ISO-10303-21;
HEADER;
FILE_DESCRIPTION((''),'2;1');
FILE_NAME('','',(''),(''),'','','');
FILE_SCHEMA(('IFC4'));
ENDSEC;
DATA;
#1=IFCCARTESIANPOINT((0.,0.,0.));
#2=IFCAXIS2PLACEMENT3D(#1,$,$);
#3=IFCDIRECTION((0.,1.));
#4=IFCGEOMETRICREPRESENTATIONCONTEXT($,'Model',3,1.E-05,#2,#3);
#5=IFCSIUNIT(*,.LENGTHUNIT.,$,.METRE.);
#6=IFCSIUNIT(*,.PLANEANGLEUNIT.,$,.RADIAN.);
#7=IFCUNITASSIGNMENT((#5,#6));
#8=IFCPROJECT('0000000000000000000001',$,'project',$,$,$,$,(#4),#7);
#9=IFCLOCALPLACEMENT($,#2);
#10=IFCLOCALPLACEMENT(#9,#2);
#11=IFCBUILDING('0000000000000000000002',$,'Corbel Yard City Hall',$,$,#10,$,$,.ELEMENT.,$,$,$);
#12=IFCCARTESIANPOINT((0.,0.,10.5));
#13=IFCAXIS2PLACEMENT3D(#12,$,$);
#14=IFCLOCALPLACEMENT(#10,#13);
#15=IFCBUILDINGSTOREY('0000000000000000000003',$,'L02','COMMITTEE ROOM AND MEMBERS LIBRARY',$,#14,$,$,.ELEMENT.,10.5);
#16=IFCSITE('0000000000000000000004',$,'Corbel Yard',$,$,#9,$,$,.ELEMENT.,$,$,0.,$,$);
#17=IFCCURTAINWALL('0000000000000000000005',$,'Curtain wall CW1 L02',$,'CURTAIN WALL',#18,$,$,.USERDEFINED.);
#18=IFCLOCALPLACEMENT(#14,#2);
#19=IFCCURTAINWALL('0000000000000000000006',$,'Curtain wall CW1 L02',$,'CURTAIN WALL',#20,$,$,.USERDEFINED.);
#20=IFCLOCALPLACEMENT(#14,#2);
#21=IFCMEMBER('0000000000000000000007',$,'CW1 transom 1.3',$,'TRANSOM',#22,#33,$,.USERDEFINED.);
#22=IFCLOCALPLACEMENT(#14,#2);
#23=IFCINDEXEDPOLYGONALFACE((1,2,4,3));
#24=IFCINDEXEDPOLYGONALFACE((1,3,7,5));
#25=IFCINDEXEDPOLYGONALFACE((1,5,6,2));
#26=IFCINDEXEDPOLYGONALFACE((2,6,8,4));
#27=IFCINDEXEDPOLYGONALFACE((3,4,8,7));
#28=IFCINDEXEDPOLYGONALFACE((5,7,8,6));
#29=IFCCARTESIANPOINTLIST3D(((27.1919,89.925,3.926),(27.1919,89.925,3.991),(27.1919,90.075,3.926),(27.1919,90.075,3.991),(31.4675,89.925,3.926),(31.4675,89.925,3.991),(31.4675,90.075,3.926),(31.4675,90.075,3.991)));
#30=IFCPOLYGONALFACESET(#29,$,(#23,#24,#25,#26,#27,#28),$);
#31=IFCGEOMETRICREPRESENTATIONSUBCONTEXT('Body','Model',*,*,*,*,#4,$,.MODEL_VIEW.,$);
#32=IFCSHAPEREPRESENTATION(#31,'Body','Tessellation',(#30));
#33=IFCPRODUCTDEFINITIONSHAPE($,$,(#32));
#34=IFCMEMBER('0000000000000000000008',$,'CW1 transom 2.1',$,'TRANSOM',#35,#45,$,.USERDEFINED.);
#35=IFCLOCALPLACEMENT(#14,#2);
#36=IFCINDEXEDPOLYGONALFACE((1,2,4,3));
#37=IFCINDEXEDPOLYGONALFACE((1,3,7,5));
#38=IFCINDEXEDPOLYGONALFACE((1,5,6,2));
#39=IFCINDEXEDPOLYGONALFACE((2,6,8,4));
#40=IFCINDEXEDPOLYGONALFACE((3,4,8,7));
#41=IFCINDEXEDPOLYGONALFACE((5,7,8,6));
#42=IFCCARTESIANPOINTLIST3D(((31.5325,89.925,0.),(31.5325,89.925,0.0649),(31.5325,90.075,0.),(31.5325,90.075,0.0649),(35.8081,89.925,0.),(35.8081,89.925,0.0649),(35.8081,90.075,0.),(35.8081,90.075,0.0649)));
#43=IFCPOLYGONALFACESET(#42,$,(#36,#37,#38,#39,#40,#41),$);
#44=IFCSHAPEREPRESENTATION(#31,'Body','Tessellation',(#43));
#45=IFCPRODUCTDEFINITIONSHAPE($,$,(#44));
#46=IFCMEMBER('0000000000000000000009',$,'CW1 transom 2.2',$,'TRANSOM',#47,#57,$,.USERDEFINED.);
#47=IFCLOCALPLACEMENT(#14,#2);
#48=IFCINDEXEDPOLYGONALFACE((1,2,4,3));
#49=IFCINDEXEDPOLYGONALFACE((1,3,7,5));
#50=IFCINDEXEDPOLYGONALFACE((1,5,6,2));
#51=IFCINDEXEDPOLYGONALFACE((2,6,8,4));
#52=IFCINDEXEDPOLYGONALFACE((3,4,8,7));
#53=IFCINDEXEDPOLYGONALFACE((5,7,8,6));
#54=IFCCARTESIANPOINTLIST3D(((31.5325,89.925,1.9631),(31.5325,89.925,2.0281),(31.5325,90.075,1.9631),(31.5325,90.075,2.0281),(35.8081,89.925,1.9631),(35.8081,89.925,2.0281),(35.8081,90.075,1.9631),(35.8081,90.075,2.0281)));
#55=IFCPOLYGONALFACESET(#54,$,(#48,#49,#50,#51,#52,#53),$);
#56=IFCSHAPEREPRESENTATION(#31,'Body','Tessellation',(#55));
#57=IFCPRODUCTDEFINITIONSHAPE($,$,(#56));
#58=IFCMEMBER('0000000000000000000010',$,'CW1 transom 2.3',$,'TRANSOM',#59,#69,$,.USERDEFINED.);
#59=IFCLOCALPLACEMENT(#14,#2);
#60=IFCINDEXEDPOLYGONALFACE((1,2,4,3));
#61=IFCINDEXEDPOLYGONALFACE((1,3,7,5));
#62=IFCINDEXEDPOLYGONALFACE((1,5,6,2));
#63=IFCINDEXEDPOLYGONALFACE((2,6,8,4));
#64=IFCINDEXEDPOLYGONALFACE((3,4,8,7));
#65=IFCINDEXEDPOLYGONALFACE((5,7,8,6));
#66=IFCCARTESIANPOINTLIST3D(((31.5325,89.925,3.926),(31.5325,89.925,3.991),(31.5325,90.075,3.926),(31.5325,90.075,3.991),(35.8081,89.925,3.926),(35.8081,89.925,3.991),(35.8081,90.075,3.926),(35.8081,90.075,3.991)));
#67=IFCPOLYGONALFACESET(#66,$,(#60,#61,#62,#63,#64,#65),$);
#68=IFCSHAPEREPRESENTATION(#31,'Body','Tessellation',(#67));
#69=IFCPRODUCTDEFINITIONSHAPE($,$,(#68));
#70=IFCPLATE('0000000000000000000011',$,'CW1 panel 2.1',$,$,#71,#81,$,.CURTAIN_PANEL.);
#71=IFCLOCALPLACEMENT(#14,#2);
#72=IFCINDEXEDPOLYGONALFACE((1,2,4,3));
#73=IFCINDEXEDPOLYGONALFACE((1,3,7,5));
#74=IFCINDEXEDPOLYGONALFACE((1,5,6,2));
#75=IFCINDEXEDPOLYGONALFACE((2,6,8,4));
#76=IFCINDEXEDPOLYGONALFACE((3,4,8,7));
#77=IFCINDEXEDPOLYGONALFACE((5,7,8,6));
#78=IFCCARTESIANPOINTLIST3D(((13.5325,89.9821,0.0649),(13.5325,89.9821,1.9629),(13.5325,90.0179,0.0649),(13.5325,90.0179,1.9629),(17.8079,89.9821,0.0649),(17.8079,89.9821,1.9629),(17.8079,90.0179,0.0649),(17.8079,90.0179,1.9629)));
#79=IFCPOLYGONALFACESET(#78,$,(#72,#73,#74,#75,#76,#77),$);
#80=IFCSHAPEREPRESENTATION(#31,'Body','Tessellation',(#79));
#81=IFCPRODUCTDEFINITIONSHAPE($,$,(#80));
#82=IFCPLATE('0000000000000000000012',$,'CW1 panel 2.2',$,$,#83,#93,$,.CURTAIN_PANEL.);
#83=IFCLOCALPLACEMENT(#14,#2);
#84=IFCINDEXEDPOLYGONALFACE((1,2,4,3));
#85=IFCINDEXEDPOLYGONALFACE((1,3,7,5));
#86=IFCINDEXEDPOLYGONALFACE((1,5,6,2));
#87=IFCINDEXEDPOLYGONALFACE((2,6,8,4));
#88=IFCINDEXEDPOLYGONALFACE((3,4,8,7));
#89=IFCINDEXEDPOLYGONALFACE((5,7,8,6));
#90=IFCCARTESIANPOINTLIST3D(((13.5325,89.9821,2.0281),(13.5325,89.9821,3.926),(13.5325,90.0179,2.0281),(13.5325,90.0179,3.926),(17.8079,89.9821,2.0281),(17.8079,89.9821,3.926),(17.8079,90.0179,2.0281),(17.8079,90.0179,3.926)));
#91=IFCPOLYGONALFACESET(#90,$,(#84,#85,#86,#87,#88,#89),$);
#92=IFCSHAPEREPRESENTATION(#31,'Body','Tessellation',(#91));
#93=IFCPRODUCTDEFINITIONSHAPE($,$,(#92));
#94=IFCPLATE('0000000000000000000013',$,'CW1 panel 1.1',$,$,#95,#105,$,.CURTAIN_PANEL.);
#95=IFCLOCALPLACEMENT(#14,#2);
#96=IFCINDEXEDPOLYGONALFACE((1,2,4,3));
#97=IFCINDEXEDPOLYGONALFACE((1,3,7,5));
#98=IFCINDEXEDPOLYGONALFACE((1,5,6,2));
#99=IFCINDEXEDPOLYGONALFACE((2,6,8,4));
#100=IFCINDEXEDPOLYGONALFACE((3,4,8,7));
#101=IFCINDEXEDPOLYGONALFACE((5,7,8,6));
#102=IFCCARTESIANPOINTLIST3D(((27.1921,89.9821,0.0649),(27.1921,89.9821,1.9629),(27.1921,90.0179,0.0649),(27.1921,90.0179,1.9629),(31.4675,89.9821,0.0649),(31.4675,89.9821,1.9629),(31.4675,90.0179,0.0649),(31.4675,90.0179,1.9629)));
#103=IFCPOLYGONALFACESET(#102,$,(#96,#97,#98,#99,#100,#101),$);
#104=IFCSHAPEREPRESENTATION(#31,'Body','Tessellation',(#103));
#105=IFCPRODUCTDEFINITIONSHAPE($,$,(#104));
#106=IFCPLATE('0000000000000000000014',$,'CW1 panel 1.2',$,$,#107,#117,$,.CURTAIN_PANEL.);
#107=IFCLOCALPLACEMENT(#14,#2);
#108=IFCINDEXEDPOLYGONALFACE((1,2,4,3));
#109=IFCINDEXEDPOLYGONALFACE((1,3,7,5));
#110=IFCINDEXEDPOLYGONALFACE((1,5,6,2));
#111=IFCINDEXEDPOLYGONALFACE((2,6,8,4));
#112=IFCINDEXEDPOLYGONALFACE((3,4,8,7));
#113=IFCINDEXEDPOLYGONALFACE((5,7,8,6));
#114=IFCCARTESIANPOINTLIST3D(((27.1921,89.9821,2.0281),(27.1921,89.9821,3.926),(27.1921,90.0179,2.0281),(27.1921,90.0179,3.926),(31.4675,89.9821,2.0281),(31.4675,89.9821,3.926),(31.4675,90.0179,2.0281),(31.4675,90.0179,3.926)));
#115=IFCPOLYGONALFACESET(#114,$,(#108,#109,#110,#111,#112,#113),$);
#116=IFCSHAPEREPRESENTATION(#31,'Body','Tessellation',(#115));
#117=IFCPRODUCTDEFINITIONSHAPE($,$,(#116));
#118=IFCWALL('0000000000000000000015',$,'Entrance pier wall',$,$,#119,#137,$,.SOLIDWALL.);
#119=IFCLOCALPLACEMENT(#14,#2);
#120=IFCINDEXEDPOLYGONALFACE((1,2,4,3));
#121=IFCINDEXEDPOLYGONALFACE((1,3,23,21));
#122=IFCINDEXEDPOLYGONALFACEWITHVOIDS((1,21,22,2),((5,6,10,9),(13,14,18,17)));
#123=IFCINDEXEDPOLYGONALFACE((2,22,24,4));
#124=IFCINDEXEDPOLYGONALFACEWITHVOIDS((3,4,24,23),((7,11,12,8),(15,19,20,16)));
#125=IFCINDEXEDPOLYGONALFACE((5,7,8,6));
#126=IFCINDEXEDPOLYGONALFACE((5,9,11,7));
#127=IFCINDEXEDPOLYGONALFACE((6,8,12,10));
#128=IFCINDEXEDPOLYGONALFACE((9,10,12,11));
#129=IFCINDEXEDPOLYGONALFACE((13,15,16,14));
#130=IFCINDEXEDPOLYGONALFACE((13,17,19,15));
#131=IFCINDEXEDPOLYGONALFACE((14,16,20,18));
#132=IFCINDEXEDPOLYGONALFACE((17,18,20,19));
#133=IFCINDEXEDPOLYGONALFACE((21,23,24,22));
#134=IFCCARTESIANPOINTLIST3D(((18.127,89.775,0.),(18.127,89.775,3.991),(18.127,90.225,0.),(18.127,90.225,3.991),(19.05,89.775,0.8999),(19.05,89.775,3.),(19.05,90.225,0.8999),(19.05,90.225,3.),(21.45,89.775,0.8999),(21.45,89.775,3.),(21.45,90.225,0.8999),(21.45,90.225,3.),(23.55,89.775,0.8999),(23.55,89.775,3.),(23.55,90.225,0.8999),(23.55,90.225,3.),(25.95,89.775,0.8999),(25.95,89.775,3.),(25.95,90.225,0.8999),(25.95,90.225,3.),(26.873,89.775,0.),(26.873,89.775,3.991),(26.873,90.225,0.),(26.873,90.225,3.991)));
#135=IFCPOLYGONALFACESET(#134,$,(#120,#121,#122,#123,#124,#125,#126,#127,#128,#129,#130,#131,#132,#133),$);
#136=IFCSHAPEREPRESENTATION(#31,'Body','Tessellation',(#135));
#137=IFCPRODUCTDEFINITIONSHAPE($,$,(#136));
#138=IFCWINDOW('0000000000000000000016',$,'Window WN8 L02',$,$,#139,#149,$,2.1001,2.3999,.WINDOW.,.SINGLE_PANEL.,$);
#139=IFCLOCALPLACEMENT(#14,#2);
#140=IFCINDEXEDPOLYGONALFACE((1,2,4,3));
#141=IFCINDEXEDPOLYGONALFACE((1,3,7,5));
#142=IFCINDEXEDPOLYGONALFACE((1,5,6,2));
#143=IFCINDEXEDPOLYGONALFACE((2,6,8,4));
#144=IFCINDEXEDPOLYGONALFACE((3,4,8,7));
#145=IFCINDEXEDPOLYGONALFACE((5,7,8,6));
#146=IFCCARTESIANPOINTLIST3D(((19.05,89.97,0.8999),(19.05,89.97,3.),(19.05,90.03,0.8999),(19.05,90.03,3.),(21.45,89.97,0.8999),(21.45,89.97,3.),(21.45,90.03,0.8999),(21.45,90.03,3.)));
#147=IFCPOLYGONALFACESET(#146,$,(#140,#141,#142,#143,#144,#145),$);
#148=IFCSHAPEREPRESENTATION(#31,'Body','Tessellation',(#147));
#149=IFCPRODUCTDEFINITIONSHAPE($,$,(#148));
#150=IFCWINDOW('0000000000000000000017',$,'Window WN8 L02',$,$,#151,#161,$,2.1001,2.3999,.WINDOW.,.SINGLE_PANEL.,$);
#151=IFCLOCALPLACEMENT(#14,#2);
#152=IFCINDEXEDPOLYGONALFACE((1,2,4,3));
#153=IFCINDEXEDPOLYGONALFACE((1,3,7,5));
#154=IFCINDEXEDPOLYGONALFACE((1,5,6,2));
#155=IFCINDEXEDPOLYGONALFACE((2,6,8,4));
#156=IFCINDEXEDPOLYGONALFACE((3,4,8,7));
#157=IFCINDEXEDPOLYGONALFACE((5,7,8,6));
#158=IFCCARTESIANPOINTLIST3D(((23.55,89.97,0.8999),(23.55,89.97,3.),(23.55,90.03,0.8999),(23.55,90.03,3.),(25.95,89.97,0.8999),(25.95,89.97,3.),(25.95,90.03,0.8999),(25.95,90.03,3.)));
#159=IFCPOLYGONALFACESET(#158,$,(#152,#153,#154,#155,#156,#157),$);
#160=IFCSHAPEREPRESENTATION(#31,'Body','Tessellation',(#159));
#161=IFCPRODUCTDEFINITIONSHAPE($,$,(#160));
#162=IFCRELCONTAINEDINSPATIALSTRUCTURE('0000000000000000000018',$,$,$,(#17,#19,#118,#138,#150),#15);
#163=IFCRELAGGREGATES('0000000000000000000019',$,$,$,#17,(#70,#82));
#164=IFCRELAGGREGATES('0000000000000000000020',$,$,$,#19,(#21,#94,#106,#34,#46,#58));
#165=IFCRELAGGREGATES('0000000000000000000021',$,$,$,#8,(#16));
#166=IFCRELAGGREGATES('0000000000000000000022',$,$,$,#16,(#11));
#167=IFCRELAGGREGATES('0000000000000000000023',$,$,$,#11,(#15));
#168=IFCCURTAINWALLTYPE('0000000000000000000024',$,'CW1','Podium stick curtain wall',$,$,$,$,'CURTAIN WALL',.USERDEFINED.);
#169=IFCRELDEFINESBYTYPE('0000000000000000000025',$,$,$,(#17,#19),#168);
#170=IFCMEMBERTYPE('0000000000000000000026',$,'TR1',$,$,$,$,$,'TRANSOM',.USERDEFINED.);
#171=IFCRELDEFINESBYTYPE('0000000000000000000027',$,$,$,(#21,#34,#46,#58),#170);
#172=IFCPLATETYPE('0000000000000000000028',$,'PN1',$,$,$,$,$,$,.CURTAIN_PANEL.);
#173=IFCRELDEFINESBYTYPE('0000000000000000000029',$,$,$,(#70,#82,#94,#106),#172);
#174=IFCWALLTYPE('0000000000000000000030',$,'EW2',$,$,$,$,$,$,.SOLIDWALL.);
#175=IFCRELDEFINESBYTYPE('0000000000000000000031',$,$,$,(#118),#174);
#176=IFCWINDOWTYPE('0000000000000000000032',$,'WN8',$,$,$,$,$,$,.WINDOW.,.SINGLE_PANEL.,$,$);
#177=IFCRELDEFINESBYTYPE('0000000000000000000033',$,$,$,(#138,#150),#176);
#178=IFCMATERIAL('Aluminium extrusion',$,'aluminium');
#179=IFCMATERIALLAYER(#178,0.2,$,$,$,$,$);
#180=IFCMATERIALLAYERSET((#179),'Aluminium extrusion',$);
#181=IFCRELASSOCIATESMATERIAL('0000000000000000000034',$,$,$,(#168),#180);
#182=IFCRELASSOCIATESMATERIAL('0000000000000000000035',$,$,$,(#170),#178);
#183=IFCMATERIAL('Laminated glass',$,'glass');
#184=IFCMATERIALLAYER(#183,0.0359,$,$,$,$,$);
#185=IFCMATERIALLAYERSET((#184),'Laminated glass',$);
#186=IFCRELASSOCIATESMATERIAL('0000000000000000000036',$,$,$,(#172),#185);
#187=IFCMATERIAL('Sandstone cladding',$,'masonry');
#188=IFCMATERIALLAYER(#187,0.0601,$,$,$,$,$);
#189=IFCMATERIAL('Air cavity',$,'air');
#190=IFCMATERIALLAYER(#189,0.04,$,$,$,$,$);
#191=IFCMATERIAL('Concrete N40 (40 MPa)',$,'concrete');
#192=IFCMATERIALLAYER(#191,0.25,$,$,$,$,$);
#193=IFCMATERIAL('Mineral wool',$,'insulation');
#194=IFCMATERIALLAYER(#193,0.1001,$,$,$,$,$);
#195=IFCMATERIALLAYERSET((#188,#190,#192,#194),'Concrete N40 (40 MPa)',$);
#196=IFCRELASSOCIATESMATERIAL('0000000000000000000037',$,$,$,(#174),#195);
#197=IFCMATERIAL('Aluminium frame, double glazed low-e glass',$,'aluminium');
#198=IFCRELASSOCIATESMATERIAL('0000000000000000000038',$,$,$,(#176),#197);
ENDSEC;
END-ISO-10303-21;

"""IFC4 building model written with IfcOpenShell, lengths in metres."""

from ifc_helpers import new_model, si_unit, direction, frame, frame_2d, origin, origin_2d, place, context, subcontext, project, spatial, rectangle, extrude, material, layer, layer_set, material_profile, profile_set, type_object, element, fill, aggregate, save


model = new_model("IFC4")

# Units and contexts
model_context = context("Model", 3, precision=1e-05, world=origin(), true_north=direction((0.0, 1.0)))
body_context = subcontext(model_context, "Body", "Model", "MODEL_VIEW")
ifc_project = project(units=[si_unit("LENGTHUNIT", "METRE"), si_unit("PLANEANGLEUNIT", "RADIAN")], contexts=[model_context])

# Site, building, storey
site_placement = place(None, origin())
site = spatial("IfcSite", under=ifc_project, at=site_placement, Name="Corbel Yard", CompositionType="ELEMENT", RefElevation=0.0)
building_placement = place(site_placement, origin())
building = spatial("IfcBuilding", under=site, at=building_placement, Name="Corbel Yard City Hall", CompositionType="ELEMENT")
storey_placement = place(building_placement, frame((0.0, 0.0, 10.5)))
storey = spatial("IfcBuildingStorey", under=building, at=storey_placement, Name="L02", Description="COMMITTEE ROOM AND MEMBERS LIBRARY", CompositionType="ELEMENT", Elevation=10.5)

# Curtain wall
ifc_material_1 = material(Name="Aluminium extrusion", Category="aluminium")
ifc_layer_1 = layer(ifc_material_1, 0.2)
ifc_layer_set_1 = layer_set([ifc_layer_1], Name="Aluminium extrusion")
curtain_wall_type = type_object("IfcCurtainWallType", Name="CW1", Description="Podium stick curtain wall", ElementType="CURTAIN WALL", PredefinedType="USERDEFINED", material=ifc_layer_set_1)
curtain_wall_1_placement = place(storey_placement, origin())
curtain_wall_1 = element("IfcCurtainWall", 1, at=curtain_wall_1_placement, inside=storey, type_object=curtain_wall_type, Name="Curtain wall CW1 L02", ObjectType="CURTAIN WALL", PredefinedType="USERDEFINED")

# Curtain wall
curtain_wall_2_placement = place(storey_placement, origin())
curtain_wall_2 = element("IfcCurtainWall", 2, at=curtain_wall_2_placement, inside=storey, type_object=curtain_wall_type, Name="Curtain wall CW1 L02", ObjectType="CURTAIN WALL", PredefinedType="USERDEFINED")

# Members
ifc_material_profile_1 = material_profile(ifc_material_1, rectangle(XDim=0.1499, YDim=0.0649, at=origin_2d()), Name="150x65")
ifc_profile_set_1 = profile_set([ifc_material_profile_1], Name="Aluminium extrusion")
member_type_1 = type_object("IfcMemberType", Name="TR1", ElementType="TRANSOM", PredefinedType="USERDEFINED", material=ifc_profile_set_1)
member_1_placement = place(storey_placement, frame((27.1919, 90.0, 3.9585), z_axis=(1.0, 0.0, 0.0), x_axis=(0.0, 1.0, 0.0)))
member_1 = element("IfcMember", 3, at=member_1_placement, type_object=member_type_1, Name="CW1 transom 1.3", ObjectType="TRANSOM", PredefinedType="USERDEFINED", context=body_context, shape_type="SweptSolid", body=[
    extrude(rectangle(XDim=0.1499, YDim=0.0649, at=origin_2d()), origin(), (0.0, 0.0, 1.0), 4.2756),
])
member_2_placement = place(storey_placement, frame((31.5325, 90.0, 0.0325), z_axis=(1.0, 0.0, 0.0), x_axis=(0.0, 1.0, 0.0)))
member_2 = element("IfcMember", 4, at=member_2_placement, type_object=member_type_1, Name="CW1 transom 2.1", ObjectType="TRANSOM", PredefinedType="USERDEFINED", context=body_context, shape_type="SweptSolid", body=[
    extrude(rectangle(XDim=0.1499, YDim=0.0649, at=origin_2d()), origin(), (0.0, 0.0, 1.0), 4.2756),
])
member_3_placement = place(storey_placement, frame((31.5325, 90.0, 1.9956), z_axis=(1.0, 0.0, 0.0), x_axis=(0.0, 1.0, 0.0)))
member_3 = element("IfcMember", 5, at=member_3_placement, type_object=member_type_1, Name="CW1 transom 2.2", ObjectType="TRANSOM", PredefinedType="USERDEFINED", context=body_context, shape_type="SweptSolid", body=[
    extrude(rectangle(XDim=0.1499, YDim=0.0649, at=origin_2d()), origin(), (0.0, 0.0, 1.0), 4.2756),
])
member_4_placement = place(storey_placement, frame((31.5325, 90.0, 3.9585), z_axis=(1.0, 0.0, 0.0), x_axis=(0.0, 1.0, 0.0)))
member_4 = element("IfcMember", 6, at=member_4_placement, type_object=member_type_1, Name="CW1 transom 2.3", ObjectType="TRANSOM", PredefinedType="USERDEFINED", context=body_context, shape_type="SweptSolid", body=[
    extrude(rectangle(XDim=0.1499, YDim=0.0649, at=origin_2d()), origin(), (0.0, 0.0, 1.0), 4.2756),
])

# Plates
ifc_material_2 = material(Name="Laminated glass", Category="glass")
ifc_layer_2 = layer(ifc_material_2, 0.0359)
ifc_layer_set_2 = layer_set([ifc_layer_2], Name="Laminated glass")
plate_type = type_object("IfcPlateType", Name="PN1", PredefinedType="CURTAIN_PANEL", material=ifc_layer_set_2)
plate_1_placement = place(storey_placement, frame((15.6702, 90.0, 0.0649), z_axis=(0.0, 0.0, 1.0), x_axis=(1.0, 0.0, 0.0)))
plate_1 = element("IfcPlate", 7, at=plate_1_placement, type_object=plate_type, Name="CW1 panel 2.1", PredefinedType="CURTAIN_PANEL", context=body_context, shape_type="SweptSolid", body=[
    extrude(rectangle(XDim=4.2754, YDim=0.0359, at=origin_2d()), origin(), (0.0, 0.0, 1.0), 1.8979),
])
plate_2_placement = place(storey_placement, frame((15.6702, 90.0, 2.0281), z_axis=(0.0, 0.0, 1.0), x_axis=(1.0, 0.0, 0.0)))
plate_2 = element("IfcPlate", 8, at=plate_2_placement, type_object=plate_type, Name="CW1 panel 2.2", PredefinedType="CURTAIN_PANEL", context=body_context, shape_type="SweptSolid", body=[
    extrude(rectangle(XDim=4.2754, YDim=0.0359, at=origin_2d()), origin(), (0.0, 0.0, 1.0), 1.8979),
])
aggregate(curtain_wall_1, [plate_1, plate_2])
plate_3_placement = place(storey_placement, frame((29.3298, 90.0, 0.0649), z_axis=(0.0, 0.0, 1.0), x_axis=(1.0, 0.0, 0.0)))
plate_3 = element("IfcPlate", 9, at=plate_3_placement, type_object=plate_type, Name="CW1 panel 1.1", PredefinedType="CURTAIN_PANEL", context=body_context, shape_type="SweptSolid", body=[
    extrude(rectangle(XDim=4.2754, YDim=0.0359, at=origin_2d()), origin(), (0.0, 0.0, 1.0), 1.8979),
])
plate_4_placement = place(storey_placement, frame((29.3298, 90.0, 2.0281), z_axis=(0.0, 0.0, 1.0), x_axis=(1.0, 0.0, 0.0)))
plate_4 = element("IfcPlate", 10, at=plate_4_placement, type_object=plate_type, Name="CW1 panel 1.2", PredefinedType="CURTAIN_PANEL", context=body_context, shape_type="SweptSolid", body=[
    extrude(rectangle(XDim=4.2754, YDim=0.0359, at=origin_2d()), origin(), (0.0, 0.0, 1.0), 1.8979),
])
aggregate(curtain_wall_2, [member_1, plate_3, plate_4, member_2, member_3, member_4])

# Wall, openings, windows
ifc_material_3 = material(Name="Sandstone cladding", Category="masonry")
ifc_layer_3 = layer(ifc_material_3, 0.0601)
ifc_material_4 = material(Name="Air cavity", Category="air")
ifc_layer_4 = layer(ifc_material_4, 0.04)
ifc_material_5 = material(Name="Concrete N40 (40 MPa)", Category="concrete")
ifc_layer_5 = layer(ifc_material_5, 0.25)
ifc_material_6 = material(Name="Mineral wool", Category="insulation")
ifc_layer_6 = layer(ifc_material_6, 0.1001)
ifc_layer_set_3 = layer_set([ifc_layer_3, ifc_layer_4, ifc_layer_5, ifc_layer_6], Name="Concrete N40 (40 MPa)")
wall_type = type_object("IfcWallType", Name="EW2", PredefinedType="SOLIDWALL", material=ifc_layer_set_3)
wall_placement = place(storey_placement, frame((18.127, 90.0, 0.0), z_axis=(0.0, 0.0, 1.0), x_axis=(1.0, 0.0, 0.0)))
wall = element("IfcWall", 11, at=wall_placement, inside=storey, type_object=wall_type, Name="Entrance pier wall", PredefinedType="SOLIDWALL", context=body_context, shape_type="SweptSolid", body=[
    extrude(rectangle(XDim=8.7461, YDim=0.45, at=frame_2d((4.373, 0.0))), origin(), (0.0, 0.0, 1.0), 3.991),
])
opening_1_placement = place(wall_placement, frame((0.9231, 0.0, 0.8999)))
opening_1 = element("IfcOpeningElement", 12, at=opening_1_placement, cuts=wall, PredefinedType="OPENING", context=body_context, shape_type="SweptSolid", body=[
    extrude(rectangle(XDim=2.3999, YDim=2.1001, at=frame_2d((1.2, 1.05))), frame((0.0, 0.2349, 0.0), z_axis=(0.0, -1.0, 0.0), x_axis=(1.0, 0.0, 0.0)), (0.0, 0.0, 1.0), 0.47),
])
opening_2_placement = place(wall_placement, frame((5.4231, 0.0, 0.8999)))
opening_2 = element("IfcOpeningElement", 13, at=opening_2_placement, cuts=wall, PredefinedType="OPENING", context=body_context, shape_type="SweptSolid", body=[
    extrude(rectangle(XDim=2.3999, YDim=2.1001, at=frame_2d((1.2, 1.05))), frame((0.0, 0.2349, 0.0), z_axis=(0.0, -1.0, 0.0), x_axis=(1.0, 0.0, 0.0)), (0.0, 0.0, 1.0), 0.47),
])
ifc_material_7 = material(Name="Aluminium frame, double glazed low-e glass", Category="aluminium")
window_type = type_object("IfcWindowType", Name="WN8", PartitioningType="SINGLE_PANEL", PredefinedType="WINDOW", material=ifc_material_7)
window_1_placement = place(opening_1_placement, origin())
window_1 = element("IfcWindow", 14, at=window_1_placement, inside=storey, type_object=window_type, Name="Window WN8 L02", OverallHeight=2.1001, OverallWidth=2.3999, PartitioningType="SINGLE_PANEL", PredefinedType="WINDOW", context=body_context, shape_type="SweptSolid", body=[
    extrude(rectangle(XDim=2.3999, YDim=2.1001, at=frame_2d((1.2, 1.05))), frame((0.0, 0.03, 0.0), z_axis=(0.0, -1.0, 0.0), x_axis=(1.0, 0.0, 0.0)), (0.0, 0.0, 1.0), 0.0601),
])
fill(opening_1, window_1)
window_2_placement = place(opening_2_placement, origin())
window_2 = element("IfcWindow", 15, at=window_2_placement, inside=storey, type_object=window_type, Name="Window WN8 L02", OverallHeight=2.1001, OverallWidth=2.3999, PartitioningType="SINGLE_PANEL", PredefinedType="WINDOW", context=body_context, shape_type="SweptSolid", body=[
    extrude(rectangle(XDim=2.3999, YDim=2.1001, at=frame_2d((1.2, 1.05))), frame((0.0, 0.03, 0.0), z_axis=(0.0, -1.0, 0.0), x_axis=(1.0, 0.0, 0.0)), (0.0, 0.0, 1.0), 0.0601),
])
fill(opening_2, window_2)

save(model, "model.ifc")
